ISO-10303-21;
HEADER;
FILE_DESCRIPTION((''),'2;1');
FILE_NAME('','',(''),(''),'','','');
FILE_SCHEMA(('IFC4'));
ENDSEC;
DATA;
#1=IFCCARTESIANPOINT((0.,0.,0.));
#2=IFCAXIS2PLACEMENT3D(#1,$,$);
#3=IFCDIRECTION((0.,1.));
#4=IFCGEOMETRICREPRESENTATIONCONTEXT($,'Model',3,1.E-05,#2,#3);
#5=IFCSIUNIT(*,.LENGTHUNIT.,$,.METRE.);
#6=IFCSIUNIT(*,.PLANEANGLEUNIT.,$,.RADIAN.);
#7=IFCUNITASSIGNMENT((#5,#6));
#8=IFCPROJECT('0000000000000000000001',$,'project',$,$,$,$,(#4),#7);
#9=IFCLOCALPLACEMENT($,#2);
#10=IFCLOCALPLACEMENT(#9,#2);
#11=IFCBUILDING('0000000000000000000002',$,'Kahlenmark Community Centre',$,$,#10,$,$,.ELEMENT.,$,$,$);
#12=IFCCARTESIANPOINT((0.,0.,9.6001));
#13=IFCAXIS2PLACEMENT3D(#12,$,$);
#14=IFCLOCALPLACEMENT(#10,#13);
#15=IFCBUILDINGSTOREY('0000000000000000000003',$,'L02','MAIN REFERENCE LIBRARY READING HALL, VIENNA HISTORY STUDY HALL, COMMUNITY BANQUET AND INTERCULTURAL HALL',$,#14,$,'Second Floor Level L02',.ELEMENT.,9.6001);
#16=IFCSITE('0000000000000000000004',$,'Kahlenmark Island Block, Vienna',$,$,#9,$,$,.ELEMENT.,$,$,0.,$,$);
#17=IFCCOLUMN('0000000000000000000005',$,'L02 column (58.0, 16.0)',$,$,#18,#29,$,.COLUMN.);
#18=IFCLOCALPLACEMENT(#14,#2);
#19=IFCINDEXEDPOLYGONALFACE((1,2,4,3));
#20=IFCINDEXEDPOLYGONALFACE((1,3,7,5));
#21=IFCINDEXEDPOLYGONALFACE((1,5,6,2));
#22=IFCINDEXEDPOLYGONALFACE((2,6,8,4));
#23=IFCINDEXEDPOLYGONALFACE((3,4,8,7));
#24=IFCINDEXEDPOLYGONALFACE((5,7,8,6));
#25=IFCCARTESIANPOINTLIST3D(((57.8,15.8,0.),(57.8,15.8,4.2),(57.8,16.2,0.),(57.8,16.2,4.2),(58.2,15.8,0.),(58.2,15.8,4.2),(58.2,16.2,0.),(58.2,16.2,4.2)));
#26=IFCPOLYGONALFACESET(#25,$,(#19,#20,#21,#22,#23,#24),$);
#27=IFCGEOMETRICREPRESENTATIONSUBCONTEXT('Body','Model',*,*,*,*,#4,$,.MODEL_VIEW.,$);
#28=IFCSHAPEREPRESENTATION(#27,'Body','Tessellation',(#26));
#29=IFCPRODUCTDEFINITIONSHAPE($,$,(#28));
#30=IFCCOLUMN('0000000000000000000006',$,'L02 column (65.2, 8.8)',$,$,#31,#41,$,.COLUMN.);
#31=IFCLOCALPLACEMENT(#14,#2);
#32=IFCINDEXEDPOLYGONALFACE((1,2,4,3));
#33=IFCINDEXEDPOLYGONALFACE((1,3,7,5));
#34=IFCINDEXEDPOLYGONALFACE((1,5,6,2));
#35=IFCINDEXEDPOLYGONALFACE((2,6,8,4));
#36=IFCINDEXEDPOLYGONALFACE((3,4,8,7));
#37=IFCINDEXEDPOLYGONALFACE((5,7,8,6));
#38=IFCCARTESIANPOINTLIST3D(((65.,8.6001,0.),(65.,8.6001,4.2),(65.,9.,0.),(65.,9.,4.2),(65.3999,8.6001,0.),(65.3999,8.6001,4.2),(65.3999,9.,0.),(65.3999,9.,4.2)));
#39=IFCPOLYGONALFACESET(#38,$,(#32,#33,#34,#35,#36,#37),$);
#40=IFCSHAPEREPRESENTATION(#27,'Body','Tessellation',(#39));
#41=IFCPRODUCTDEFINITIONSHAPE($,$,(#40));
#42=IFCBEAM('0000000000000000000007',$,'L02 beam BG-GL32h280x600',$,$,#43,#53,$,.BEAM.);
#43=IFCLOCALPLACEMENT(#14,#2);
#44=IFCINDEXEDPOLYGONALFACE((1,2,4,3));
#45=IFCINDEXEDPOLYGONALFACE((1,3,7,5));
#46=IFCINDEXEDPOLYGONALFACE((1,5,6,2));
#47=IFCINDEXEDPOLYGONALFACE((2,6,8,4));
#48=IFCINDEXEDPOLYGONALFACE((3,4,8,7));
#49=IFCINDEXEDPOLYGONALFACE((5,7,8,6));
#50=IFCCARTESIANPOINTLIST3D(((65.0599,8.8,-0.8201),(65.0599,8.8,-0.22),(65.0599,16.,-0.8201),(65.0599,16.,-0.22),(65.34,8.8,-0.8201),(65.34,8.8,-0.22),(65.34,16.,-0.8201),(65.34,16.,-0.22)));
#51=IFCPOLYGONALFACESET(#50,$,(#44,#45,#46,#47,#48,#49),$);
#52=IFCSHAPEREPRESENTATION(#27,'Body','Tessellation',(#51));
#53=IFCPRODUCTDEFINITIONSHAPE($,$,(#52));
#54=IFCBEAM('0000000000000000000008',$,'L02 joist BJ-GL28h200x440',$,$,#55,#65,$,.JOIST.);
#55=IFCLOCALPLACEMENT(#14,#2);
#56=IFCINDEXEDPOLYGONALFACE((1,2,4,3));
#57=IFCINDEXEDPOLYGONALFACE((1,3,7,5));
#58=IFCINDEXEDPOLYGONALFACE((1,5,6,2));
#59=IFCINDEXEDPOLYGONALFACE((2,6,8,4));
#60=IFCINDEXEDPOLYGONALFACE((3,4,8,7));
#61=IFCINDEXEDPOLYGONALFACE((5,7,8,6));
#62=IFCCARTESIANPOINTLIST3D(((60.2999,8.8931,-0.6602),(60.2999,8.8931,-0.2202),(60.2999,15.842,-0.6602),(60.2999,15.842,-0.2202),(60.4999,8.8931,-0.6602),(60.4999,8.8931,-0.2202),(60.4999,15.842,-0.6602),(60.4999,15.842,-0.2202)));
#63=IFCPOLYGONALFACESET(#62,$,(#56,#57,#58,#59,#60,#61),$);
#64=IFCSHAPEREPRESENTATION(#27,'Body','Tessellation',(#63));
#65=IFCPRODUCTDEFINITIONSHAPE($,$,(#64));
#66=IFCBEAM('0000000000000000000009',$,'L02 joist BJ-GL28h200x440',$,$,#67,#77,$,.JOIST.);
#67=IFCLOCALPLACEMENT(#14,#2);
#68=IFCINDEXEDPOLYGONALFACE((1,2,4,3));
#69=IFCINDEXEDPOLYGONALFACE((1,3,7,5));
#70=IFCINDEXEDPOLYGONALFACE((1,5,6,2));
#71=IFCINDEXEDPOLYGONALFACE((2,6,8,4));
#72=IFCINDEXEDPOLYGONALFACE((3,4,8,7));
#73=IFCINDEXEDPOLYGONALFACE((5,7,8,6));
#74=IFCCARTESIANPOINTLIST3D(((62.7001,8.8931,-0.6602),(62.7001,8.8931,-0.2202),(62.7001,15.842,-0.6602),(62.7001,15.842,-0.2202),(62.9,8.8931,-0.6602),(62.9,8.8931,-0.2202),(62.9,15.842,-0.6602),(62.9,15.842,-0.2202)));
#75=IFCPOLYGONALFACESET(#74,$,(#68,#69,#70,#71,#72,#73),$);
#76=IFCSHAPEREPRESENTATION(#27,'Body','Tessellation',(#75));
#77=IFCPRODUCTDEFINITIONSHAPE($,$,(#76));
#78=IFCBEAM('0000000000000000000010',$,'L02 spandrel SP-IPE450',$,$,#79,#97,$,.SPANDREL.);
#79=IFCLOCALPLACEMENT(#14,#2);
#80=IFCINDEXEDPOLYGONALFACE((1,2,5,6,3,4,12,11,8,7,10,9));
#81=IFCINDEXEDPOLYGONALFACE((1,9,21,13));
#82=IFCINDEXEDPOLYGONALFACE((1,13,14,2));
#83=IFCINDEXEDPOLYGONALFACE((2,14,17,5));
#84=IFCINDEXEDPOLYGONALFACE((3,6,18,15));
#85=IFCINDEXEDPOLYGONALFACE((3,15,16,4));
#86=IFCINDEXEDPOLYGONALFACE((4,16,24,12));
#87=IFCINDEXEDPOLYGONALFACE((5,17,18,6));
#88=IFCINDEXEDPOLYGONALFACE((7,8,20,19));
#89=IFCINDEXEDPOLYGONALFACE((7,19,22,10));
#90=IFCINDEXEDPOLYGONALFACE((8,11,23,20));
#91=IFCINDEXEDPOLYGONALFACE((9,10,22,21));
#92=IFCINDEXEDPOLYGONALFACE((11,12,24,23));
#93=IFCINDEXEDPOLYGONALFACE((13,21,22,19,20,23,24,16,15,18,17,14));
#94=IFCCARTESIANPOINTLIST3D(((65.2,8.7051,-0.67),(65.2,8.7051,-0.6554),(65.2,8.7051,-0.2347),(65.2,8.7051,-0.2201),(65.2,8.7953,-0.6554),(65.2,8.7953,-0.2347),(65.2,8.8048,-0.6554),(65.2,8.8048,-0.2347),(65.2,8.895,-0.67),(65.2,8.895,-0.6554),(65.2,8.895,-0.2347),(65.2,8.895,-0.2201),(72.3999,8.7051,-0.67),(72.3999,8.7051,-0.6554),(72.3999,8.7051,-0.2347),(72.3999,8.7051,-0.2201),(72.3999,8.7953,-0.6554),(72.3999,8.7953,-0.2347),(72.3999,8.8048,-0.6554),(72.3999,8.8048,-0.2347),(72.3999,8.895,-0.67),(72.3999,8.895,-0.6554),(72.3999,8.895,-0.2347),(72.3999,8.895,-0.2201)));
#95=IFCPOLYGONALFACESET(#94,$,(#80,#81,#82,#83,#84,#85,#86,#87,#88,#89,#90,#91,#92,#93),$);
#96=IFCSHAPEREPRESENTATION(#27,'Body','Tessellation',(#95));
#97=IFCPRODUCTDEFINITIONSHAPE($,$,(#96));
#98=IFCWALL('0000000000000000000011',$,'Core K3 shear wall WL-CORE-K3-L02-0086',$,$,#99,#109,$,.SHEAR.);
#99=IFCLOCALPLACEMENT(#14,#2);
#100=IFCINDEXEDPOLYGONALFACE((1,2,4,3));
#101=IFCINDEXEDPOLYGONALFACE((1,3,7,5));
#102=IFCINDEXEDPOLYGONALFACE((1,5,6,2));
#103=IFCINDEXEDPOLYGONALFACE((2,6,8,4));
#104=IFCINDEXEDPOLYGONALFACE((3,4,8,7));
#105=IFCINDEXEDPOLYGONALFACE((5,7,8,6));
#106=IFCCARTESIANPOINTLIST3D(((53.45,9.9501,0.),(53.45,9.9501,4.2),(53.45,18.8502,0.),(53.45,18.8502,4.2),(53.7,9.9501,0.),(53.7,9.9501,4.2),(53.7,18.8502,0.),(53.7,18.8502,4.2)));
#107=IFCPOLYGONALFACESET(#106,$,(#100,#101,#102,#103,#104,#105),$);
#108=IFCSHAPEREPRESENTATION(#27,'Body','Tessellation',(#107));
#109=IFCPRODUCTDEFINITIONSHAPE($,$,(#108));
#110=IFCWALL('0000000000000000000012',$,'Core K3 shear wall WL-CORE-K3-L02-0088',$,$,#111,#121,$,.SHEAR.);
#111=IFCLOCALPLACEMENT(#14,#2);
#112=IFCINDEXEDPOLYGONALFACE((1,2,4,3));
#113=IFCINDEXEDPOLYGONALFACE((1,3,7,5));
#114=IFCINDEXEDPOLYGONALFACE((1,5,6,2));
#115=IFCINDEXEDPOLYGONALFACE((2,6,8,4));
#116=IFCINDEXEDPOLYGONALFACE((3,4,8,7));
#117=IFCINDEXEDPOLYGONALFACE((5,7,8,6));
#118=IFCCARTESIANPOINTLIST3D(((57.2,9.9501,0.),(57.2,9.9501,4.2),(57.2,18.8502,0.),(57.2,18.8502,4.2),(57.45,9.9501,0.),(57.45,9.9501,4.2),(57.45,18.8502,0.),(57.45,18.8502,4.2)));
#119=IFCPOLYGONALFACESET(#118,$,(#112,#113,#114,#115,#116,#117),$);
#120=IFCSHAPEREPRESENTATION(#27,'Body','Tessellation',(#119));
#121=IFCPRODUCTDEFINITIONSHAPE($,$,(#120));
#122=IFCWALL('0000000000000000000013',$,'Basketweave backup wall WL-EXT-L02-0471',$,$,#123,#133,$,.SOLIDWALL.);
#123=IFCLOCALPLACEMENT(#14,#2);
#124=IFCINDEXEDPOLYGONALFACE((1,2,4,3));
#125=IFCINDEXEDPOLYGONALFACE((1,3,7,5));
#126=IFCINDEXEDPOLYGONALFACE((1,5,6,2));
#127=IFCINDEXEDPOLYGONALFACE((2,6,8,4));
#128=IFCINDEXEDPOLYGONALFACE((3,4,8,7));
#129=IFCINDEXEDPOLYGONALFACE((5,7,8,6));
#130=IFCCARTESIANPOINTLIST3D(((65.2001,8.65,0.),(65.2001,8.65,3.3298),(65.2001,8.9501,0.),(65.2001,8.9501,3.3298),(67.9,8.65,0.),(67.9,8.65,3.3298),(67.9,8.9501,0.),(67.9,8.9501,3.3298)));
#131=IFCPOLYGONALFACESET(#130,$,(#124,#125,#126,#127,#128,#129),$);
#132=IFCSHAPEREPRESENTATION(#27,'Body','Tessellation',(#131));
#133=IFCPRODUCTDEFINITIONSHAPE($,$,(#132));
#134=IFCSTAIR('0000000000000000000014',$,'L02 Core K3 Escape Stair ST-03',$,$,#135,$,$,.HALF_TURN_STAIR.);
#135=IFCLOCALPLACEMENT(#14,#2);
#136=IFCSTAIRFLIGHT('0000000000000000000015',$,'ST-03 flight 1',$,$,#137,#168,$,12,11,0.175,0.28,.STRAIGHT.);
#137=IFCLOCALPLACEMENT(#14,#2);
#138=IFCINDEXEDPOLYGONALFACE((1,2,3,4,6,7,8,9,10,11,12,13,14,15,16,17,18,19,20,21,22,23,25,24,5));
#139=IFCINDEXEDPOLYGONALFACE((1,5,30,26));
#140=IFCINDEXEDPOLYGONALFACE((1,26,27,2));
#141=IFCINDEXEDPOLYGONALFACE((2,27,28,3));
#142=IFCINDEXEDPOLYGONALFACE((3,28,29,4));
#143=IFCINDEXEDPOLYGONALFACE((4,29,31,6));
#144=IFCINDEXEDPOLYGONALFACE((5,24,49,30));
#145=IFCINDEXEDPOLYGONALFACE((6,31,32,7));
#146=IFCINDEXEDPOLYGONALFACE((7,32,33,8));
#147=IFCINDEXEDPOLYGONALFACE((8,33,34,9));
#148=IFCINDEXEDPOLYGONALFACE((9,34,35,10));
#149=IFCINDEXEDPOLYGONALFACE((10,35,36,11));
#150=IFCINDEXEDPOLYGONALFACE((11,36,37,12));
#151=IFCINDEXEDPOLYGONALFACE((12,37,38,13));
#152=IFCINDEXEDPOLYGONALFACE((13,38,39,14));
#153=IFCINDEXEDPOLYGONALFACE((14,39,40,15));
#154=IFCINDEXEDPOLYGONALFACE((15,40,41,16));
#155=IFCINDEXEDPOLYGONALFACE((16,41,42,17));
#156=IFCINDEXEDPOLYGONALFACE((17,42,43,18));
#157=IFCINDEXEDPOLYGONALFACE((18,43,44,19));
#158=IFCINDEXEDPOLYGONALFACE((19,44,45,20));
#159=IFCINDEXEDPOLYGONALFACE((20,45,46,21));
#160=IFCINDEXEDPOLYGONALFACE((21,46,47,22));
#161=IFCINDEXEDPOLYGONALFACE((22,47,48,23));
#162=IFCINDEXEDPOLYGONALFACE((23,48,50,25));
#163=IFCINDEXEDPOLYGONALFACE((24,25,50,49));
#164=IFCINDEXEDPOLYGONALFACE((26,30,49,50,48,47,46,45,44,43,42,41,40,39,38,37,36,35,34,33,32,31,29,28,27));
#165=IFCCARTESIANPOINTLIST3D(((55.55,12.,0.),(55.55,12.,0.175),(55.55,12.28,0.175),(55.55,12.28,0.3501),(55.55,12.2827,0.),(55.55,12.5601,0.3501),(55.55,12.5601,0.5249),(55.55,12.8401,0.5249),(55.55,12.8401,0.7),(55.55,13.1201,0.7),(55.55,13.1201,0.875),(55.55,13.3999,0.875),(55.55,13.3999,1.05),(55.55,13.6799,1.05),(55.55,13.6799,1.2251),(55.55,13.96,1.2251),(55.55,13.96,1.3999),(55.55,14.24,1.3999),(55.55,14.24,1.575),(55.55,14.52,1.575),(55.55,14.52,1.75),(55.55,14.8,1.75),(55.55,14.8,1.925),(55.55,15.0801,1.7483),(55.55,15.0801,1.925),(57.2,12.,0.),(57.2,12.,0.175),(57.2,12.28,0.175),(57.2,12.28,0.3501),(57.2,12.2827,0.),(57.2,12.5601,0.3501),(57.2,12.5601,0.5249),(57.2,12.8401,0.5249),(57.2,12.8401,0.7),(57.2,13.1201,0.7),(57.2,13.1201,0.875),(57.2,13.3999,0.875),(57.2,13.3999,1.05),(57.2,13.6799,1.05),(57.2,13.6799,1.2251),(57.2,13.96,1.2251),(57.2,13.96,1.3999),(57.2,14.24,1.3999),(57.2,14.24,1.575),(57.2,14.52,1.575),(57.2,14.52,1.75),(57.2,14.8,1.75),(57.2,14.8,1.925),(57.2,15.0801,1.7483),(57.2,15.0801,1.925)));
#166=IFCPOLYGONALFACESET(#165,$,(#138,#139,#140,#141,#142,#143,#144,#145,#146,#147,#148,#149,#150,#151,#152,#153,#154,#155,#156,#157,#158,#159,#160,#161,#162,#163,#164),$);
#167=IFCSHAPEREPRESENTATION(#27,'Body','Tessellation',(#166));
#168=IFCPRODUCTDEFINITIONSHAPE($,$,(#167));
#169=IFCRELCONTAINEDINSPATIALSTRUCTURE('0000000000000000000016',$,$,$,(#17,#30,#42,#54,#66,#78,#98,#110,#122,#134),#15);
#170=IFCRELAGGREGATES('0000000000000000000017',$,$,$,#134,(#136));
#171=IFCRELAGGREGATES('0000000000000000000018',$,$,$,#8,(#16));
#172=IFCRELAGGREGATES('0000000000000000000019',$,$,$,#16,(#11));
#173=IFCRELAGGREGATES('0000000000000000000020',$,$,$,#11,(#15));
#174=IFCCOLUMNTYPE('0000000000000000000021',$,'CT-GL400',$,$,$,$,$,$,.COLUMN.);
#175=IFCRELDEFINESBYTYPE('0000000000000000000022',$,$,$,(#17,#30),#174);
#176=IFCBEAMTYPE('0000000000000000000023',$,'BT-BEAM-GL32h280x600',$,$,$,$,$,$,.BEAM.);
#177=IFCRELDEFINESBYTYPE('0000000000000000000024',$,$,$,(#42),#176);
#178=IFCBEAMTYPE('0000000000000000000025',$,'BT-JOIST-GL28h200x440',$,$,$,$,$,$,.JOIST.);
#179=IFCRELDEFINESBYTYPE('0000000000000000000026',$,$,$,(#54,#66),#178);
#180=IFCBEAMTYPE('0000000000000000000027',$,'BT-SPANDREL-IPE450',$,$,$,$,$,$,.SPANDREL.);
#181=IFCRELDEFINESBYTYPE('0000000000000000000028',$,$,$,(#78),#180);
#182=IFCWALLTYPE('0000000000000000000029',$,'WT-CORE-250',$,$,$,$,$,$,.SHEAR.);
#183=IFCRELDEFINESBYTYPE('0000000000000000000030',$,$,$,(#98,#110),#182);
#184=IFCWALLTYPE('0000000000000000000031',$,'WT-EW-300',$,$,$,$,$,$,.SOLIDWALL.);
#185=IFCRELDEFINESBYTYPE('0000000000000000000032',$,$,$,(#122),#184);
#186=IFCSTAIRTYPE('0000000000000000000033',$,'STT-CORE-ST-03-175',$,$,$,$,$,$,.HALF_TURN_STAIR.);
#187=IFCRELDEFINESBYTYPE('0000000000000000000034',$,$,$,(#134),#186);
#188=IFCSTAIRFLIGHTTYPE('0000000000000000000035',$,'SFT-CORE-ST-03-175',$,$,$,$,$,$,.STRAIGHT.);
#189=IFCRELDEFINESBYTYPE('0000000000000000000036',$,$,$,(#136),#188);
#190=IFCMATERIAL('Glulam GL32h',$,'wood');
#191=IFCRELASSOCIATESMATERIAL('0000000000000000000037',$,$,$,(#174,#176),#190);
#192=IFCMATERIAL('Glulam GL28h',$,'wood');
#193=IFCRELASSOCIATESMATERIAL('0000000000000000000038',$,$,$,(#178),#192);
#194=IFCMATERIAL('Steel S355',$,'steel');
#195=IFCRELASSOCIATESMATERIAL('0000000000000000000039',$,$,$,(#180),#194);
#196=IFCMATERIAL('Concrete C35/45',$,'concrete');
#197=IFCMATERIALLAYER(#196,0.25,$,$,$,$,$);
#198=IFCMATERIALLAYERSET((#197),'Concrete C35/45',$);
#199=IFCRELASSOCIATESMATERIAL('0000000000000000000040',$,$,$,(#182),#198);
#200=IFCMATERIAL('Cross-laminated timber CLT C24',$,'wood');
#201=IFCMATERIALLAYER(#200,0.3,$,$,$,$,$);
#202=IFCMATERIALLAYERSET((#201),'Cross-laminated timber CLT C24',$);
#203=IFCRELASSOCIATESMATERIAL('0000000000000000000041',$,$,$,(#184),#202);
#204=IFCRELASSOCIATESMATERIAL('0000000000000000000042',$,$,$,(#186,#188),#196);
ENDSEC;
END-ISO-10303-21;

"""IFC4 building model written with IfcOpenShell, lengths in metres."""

from ifc_helpers import new_model, si_unit, direction, frame, frame_2d, origin, origin_2d, place, context, subcontext, project, spatial, polyline, rectangle, i_section, outline, extrude, material, layer, layer_set, material_profile, profile_set, type_object, element, aggregate, save


model = new_model("IFC4")

# Units and contexts
model_context = context("Model", 3, precision=1e-05, world=origin(), true_north=direction((0.0, 1.0)))
body_context = subcontext(model_context, "Body", "Model", "MODEL_VIEW")
ifc_project = project(units=[si_unit("LENGTHUNIT", "METRE"), si_unit("PLANEANGLEUNIT", "RADIAN")], contexts=[model_context])

# Site, building, storey
site_placement = place(None, origin())
site = spatial("IfcSite", under=ifc_project, at=site_placement, Name="Kahlenmark Island Block, Vienna", CompositionType="ELEMENT", RefElevation=0.0)
building_placement = place(site_placement, origin())
building = spatial("IfcBuilding", under=site, at=building_placement, Name="Kahlenmark Community Centre", CompositionType="ELEMENT")
storey_placement = place(building_placement, frame((0.0, 0.0, 9.6001)))
storey = spatial("IfcBuildingStorey", under=building, at=storey_placement, Name="L02", Description="MAIN REFERENCE LIBRARY READING HALL, VIENNA HISTORY STUDY HALL, COMMUNITY BANQUET AND INTERCULTURAL HALL", LongName="Second Floor Level L02", CompositionType="ELEMENT", Elevation=9.6001)

# Columns
ifc_material_1 = material(Name="Glulam GL32h", Category="wood")
ifc_material_profile_1 = material_profile(ifc_material_1, rectangle(XDim=0.3999, YDim=0.3999, at=origin_2d()), Name="GL32h 400x400")
ifc_profile_set_1 = profile_set([ifc_material_profile_1], Name="Glulam GL32h")
column_type = type_object("IfcColumnType", Name="CT-GL400", PredefinedType="COLUMN", material=ifc_profile_set_1)
for number, where, z_axis, x_axis, name in (
    (1, (58.0, 16.0, 0.0), (0.0, 0.0, 1.0), (1.0, 0.0, 0.0), "L02 column (58.0, 16.0)"),
    (2, (65.2, 8.8, 0.0), (0.0, 0.0, 1.0), (1.0, 0.0, 0.0), "L02 column (65.2, 8.8)"),
):
    element("IfcColumn", number, at=place(storey_placement, frame(where, z_axis=z_axis, x_axis=x_axis)), inside=storey, type_object=column_type, Name=name, PredefinedType="COLUMN", context=body_context, shape_type="SweptSolid", body=[
        extrude(rectangle(XDim=0.3999, YDim=0.3999, at=origin_2d()), origin(), (0.0, 0.0, 1.0), 4.2),
    ])

# Beams
ifc_material_profile_2 = material_profile(ifc_material_1, rectangle(XDim=0.28, YDim=0.6001, at=origin_2d()), Name="GL32h 280x600")
ifc_profile_set_2 = profile_set([ifc_material_profile_2], Name="Glulam GL32h")
beam_type_1 = type_object("IfcBeamType", Name="BT-BEAM-GL32h280x600", PredefinedType="BEAM", material=ifc_profile_set_2)
beam_1_placement = place(storey_placement, frame((65.2, 8.8, -0.52), z_axis=(0.0, 1.0, 0.0), x_axis=(-1.0, 0.0, 0.0)))
element("IfcBeam", 3, at=beam_1_placement, inside=storey, type_object=beam_type_1, Name="L02 beam BG-GL32h280x600", PredefinedType="BEAM", context=body_context, shape_type="SweptSolid", body=[
    extrude(rectangle(XDim=0.28, YDim=0.6001, at=origin_2d()), origin(), (0.0, 0.0, 1.0), 7.2),
])
ifc_material_2 = material(Name="Glulam GL28h", Category="wood")
ifc_material_profile_3 = material_profile(ifc_material_2, rectangle(XDim=0.2, YDim=0.4399, at=origin_2d()), Name="GL28h 200x440")
ifc_profile_set_3 = profile_set([ifc_material_profile_3], Name="Glulam GL28h")
beam_type_2 = type_object("IfcBeamType", Name="BT-JOIST-GL28h200x440", PredefinedType="JOIST", material=ifc_profile_set_3)
for number, where, z_axis, x_axis, name in (
    (4, (60.3999, 8.8931, -0.4402), (0.0, 1.0, 0.0), (-1.0, 0.0, 0.0), "L02 joist BJ-GL28h200x440"),
    (5, (62.8, 8.8931, -0.4402), (0.0, 1.0, 0.0), (-1.0, 0.0, 0.0), "L02 joist BJ-GL28h200x440"),
):
    element("IfcBeam", number, at=place(storey_placement, frame(where, z_axis=z_axis, x_axis=x_axis)), inside=storey, type_object=beam_type_2, Name=name, PredefinedType="JOIST", context=body_context, shape_type="SweptSolid", body=[
        extrude(rectangle(XDim=0.2, YDim=0.4399, at=origin_2d()), origin(), (0.0, 0.0, 1.0), 6.949),
    ])
ifc_material_3 = material(Name="Steel S355", Category="steel")
ifc_material_profile_4 = material_profile(ifc_material_3, i_section(OverallWidth=0.1899, OverallDepth=0.45, WebThickness=0.0095, FlangeThickness=0.0146, at=origin_2d()), Name="IPE 450")
ifc_profile_set_4 = profile_set([ifc_material_profile_4], Name="Steel S355")
beam_type_3 = type_object("IfcBeamType", Name="BT-SPANDREL-IPE450", PredefinedType="SPANDREL", material=ifc_profile_set_4)
beam_2_placement = place(storey_placement, frame((65.2, 8.8, -0.4451), z_axis=(1.0, 0.0, 0.0), x_axis=(0.0, 1.0, 0.0)))
element("IfcBeam", 6, at=beam_2_placement, inside=storey, type_object=beam_type_3, Name="L02 spandrel SP-IPE450", PredefinedType="SPANDREL", context=body_context, shape_type="SweptSolid", body=[
    extrude(i_section(OverallWidth=0.1899, OverallDepth=0.45, WebThickness=0.0095, FlangeThickness=0.0146, at=origin_2d()), origin(), (0.0, 0.0, 1.0), 7.2),
])

# Shared definitions
ifc_material_4 = material(Name="Concrete C35/45", Category="concrete")
ifc_layer_1 = layer(ifc_material_4, 0.25)
ifc_layer_set_1 = layer_set([ifc_layer_1], Name="Concrete C35/45")
wall_type_1 = type_object("IfcWallType", Name="WT-CORE-250", PredefinedType="SHEAR", material=ifc_layer_set_1)

# Walls
for number, where, z_axis, x_axis, name in (
    (7, (53.575, 9.95, 0.0), (0.0, 0.0, 1.0), (0.0, 1.0, 0.0), "Core K3 shear wall WL-CORE-K3-L02-0086"),
    (8, (57.325, 9.95, 0.0), (0.0, 0.0, 1.0), (0.0, 1.0, 0.0), "Core K3 shear wall WL-CORE-K3-L02-0088"),
):
    element("IfcWall", number, at=place(storey_placement, frame(where, z_axis=z_axis, x_axis=x_axis)), inside=storey, type_object=wall_type_1, Name=name, PredefinedType="SHEAR", context=body_context, shape_type="SweptSolid", body=[
        extrude(rectangle(XDim=8.9001, YDim=0.25, at=frame_2d((4.4502, 0.0))), origin(), (0.0, 0.0, 1.0), 4.2),
    ])
ifc_material_5 = material(Name="Cross-laminated timber CLT C24", Category="wood")
ifc_layer_2 = layer(ifc_material_5, 0.3)
ifc_layer_set_2 = layer_set([ifc_layer_2], Name="Cross-laminated timber CLT C24")
wall_type_2 = type_object("IfcWallType", Name="WT-EW-300", PredefinedType="SOLIDWALL", material=ifc_layer_set_2)
wall_1_placement = place(storey_placement, frame((65.2, 8.8, 0.0), z_axis=(0.0, 0.0, 1.0), x_axis=(1.0, 0.0, 0.0)))
element("IfcWall", 9, at=wall_1_placement, inside=storey, type_object=wall_type_2, Name="Basketweave backup wall WL-EXT-L02-0471", PredefinedType="SOLIDWALL", context=body_context, shape_type="SweptSolid", body=[
    extrude(rectangle(XDim=2.7, YDim=0.3, at=frame_2d((1.3501, 0.0))), origin(), (0.0, 0.0, 1.0), 3.3298),
])

# Stair, stair flight
stair_type = type_object("IfcStairType", Name="STT-CORE-ST-03-175", PredefinedType="HALF_TURN_STAIR", material=ifc_material_4)
stair_placement = place(storey_placement, origin())
stair = element("IfcStair", 10, at=stair_placement, inside=storey, type_object=stair_type, Name="L02 Core K3 Escape Stair ST-03", PredefinedType="HALF_TURN_STAIR")
stair_flight_type = type_object("IfcStairFlightType", Name="SFT-CORE-ST-03-175", PredefinedType="STRAIGHT", material=ifc_material_4)
stair_flight_1_placement = place(storey_placement, frame((56.375, 12.0, 0.0), z_axis=(0.0, 0.0, 1.0), x_axis=(0.0, 1.0, 0.0)))
stair_flight_1 = element("IfcStairFlight", 11, at=stair_flight_1_placement, type_object=stair_flight_type, Name="ST-03 flight 1", NumberOfRisers=12, NumberOfTreads=11, PredefinedType="STRAIGHT", RiserHeight=0.175, TreadLength=0.28, context=body_context, shape_type="SweptSolid", body=[
    extrude(outline(polyline([(0.0, 0.0), (0.0, 0.175), (0.28, 0.175), (0.28, 0.3501), (0.5601, 0.3501), (0.5601, 0.5249), (0.8401, 0.5249), (0.8401, 0.7), (1.1201, 0.7), (1.1201, 0.875), (1.3999, 0.875), (1.3999, 1.05), (1.6799, 1.05), (1.6799, 1.2251), (1.96, 1.2251), (1.96, 1.3999), (2.24, 1.3999), (2.24, 1.575), (2.52, 1.575), (2.52, 1.75), (2.8, 1.75), (2.8, 1.925), (3.0801, 1.925), (3.0801, 2.1001), (3.0801, 1.7483), (0.2827, 0.0), (0.0, 0.0)])), frame((0.0, 0.825, 0.0), z_axis=(0.0, -1.0, 0.0), x_axis=(1.0, 0.0, 0.0)), (0.0, 0.0, 1.0), 1.6499),
])
aggregate(stair, [stair_flight_1])

save(model, "model.ifc")
